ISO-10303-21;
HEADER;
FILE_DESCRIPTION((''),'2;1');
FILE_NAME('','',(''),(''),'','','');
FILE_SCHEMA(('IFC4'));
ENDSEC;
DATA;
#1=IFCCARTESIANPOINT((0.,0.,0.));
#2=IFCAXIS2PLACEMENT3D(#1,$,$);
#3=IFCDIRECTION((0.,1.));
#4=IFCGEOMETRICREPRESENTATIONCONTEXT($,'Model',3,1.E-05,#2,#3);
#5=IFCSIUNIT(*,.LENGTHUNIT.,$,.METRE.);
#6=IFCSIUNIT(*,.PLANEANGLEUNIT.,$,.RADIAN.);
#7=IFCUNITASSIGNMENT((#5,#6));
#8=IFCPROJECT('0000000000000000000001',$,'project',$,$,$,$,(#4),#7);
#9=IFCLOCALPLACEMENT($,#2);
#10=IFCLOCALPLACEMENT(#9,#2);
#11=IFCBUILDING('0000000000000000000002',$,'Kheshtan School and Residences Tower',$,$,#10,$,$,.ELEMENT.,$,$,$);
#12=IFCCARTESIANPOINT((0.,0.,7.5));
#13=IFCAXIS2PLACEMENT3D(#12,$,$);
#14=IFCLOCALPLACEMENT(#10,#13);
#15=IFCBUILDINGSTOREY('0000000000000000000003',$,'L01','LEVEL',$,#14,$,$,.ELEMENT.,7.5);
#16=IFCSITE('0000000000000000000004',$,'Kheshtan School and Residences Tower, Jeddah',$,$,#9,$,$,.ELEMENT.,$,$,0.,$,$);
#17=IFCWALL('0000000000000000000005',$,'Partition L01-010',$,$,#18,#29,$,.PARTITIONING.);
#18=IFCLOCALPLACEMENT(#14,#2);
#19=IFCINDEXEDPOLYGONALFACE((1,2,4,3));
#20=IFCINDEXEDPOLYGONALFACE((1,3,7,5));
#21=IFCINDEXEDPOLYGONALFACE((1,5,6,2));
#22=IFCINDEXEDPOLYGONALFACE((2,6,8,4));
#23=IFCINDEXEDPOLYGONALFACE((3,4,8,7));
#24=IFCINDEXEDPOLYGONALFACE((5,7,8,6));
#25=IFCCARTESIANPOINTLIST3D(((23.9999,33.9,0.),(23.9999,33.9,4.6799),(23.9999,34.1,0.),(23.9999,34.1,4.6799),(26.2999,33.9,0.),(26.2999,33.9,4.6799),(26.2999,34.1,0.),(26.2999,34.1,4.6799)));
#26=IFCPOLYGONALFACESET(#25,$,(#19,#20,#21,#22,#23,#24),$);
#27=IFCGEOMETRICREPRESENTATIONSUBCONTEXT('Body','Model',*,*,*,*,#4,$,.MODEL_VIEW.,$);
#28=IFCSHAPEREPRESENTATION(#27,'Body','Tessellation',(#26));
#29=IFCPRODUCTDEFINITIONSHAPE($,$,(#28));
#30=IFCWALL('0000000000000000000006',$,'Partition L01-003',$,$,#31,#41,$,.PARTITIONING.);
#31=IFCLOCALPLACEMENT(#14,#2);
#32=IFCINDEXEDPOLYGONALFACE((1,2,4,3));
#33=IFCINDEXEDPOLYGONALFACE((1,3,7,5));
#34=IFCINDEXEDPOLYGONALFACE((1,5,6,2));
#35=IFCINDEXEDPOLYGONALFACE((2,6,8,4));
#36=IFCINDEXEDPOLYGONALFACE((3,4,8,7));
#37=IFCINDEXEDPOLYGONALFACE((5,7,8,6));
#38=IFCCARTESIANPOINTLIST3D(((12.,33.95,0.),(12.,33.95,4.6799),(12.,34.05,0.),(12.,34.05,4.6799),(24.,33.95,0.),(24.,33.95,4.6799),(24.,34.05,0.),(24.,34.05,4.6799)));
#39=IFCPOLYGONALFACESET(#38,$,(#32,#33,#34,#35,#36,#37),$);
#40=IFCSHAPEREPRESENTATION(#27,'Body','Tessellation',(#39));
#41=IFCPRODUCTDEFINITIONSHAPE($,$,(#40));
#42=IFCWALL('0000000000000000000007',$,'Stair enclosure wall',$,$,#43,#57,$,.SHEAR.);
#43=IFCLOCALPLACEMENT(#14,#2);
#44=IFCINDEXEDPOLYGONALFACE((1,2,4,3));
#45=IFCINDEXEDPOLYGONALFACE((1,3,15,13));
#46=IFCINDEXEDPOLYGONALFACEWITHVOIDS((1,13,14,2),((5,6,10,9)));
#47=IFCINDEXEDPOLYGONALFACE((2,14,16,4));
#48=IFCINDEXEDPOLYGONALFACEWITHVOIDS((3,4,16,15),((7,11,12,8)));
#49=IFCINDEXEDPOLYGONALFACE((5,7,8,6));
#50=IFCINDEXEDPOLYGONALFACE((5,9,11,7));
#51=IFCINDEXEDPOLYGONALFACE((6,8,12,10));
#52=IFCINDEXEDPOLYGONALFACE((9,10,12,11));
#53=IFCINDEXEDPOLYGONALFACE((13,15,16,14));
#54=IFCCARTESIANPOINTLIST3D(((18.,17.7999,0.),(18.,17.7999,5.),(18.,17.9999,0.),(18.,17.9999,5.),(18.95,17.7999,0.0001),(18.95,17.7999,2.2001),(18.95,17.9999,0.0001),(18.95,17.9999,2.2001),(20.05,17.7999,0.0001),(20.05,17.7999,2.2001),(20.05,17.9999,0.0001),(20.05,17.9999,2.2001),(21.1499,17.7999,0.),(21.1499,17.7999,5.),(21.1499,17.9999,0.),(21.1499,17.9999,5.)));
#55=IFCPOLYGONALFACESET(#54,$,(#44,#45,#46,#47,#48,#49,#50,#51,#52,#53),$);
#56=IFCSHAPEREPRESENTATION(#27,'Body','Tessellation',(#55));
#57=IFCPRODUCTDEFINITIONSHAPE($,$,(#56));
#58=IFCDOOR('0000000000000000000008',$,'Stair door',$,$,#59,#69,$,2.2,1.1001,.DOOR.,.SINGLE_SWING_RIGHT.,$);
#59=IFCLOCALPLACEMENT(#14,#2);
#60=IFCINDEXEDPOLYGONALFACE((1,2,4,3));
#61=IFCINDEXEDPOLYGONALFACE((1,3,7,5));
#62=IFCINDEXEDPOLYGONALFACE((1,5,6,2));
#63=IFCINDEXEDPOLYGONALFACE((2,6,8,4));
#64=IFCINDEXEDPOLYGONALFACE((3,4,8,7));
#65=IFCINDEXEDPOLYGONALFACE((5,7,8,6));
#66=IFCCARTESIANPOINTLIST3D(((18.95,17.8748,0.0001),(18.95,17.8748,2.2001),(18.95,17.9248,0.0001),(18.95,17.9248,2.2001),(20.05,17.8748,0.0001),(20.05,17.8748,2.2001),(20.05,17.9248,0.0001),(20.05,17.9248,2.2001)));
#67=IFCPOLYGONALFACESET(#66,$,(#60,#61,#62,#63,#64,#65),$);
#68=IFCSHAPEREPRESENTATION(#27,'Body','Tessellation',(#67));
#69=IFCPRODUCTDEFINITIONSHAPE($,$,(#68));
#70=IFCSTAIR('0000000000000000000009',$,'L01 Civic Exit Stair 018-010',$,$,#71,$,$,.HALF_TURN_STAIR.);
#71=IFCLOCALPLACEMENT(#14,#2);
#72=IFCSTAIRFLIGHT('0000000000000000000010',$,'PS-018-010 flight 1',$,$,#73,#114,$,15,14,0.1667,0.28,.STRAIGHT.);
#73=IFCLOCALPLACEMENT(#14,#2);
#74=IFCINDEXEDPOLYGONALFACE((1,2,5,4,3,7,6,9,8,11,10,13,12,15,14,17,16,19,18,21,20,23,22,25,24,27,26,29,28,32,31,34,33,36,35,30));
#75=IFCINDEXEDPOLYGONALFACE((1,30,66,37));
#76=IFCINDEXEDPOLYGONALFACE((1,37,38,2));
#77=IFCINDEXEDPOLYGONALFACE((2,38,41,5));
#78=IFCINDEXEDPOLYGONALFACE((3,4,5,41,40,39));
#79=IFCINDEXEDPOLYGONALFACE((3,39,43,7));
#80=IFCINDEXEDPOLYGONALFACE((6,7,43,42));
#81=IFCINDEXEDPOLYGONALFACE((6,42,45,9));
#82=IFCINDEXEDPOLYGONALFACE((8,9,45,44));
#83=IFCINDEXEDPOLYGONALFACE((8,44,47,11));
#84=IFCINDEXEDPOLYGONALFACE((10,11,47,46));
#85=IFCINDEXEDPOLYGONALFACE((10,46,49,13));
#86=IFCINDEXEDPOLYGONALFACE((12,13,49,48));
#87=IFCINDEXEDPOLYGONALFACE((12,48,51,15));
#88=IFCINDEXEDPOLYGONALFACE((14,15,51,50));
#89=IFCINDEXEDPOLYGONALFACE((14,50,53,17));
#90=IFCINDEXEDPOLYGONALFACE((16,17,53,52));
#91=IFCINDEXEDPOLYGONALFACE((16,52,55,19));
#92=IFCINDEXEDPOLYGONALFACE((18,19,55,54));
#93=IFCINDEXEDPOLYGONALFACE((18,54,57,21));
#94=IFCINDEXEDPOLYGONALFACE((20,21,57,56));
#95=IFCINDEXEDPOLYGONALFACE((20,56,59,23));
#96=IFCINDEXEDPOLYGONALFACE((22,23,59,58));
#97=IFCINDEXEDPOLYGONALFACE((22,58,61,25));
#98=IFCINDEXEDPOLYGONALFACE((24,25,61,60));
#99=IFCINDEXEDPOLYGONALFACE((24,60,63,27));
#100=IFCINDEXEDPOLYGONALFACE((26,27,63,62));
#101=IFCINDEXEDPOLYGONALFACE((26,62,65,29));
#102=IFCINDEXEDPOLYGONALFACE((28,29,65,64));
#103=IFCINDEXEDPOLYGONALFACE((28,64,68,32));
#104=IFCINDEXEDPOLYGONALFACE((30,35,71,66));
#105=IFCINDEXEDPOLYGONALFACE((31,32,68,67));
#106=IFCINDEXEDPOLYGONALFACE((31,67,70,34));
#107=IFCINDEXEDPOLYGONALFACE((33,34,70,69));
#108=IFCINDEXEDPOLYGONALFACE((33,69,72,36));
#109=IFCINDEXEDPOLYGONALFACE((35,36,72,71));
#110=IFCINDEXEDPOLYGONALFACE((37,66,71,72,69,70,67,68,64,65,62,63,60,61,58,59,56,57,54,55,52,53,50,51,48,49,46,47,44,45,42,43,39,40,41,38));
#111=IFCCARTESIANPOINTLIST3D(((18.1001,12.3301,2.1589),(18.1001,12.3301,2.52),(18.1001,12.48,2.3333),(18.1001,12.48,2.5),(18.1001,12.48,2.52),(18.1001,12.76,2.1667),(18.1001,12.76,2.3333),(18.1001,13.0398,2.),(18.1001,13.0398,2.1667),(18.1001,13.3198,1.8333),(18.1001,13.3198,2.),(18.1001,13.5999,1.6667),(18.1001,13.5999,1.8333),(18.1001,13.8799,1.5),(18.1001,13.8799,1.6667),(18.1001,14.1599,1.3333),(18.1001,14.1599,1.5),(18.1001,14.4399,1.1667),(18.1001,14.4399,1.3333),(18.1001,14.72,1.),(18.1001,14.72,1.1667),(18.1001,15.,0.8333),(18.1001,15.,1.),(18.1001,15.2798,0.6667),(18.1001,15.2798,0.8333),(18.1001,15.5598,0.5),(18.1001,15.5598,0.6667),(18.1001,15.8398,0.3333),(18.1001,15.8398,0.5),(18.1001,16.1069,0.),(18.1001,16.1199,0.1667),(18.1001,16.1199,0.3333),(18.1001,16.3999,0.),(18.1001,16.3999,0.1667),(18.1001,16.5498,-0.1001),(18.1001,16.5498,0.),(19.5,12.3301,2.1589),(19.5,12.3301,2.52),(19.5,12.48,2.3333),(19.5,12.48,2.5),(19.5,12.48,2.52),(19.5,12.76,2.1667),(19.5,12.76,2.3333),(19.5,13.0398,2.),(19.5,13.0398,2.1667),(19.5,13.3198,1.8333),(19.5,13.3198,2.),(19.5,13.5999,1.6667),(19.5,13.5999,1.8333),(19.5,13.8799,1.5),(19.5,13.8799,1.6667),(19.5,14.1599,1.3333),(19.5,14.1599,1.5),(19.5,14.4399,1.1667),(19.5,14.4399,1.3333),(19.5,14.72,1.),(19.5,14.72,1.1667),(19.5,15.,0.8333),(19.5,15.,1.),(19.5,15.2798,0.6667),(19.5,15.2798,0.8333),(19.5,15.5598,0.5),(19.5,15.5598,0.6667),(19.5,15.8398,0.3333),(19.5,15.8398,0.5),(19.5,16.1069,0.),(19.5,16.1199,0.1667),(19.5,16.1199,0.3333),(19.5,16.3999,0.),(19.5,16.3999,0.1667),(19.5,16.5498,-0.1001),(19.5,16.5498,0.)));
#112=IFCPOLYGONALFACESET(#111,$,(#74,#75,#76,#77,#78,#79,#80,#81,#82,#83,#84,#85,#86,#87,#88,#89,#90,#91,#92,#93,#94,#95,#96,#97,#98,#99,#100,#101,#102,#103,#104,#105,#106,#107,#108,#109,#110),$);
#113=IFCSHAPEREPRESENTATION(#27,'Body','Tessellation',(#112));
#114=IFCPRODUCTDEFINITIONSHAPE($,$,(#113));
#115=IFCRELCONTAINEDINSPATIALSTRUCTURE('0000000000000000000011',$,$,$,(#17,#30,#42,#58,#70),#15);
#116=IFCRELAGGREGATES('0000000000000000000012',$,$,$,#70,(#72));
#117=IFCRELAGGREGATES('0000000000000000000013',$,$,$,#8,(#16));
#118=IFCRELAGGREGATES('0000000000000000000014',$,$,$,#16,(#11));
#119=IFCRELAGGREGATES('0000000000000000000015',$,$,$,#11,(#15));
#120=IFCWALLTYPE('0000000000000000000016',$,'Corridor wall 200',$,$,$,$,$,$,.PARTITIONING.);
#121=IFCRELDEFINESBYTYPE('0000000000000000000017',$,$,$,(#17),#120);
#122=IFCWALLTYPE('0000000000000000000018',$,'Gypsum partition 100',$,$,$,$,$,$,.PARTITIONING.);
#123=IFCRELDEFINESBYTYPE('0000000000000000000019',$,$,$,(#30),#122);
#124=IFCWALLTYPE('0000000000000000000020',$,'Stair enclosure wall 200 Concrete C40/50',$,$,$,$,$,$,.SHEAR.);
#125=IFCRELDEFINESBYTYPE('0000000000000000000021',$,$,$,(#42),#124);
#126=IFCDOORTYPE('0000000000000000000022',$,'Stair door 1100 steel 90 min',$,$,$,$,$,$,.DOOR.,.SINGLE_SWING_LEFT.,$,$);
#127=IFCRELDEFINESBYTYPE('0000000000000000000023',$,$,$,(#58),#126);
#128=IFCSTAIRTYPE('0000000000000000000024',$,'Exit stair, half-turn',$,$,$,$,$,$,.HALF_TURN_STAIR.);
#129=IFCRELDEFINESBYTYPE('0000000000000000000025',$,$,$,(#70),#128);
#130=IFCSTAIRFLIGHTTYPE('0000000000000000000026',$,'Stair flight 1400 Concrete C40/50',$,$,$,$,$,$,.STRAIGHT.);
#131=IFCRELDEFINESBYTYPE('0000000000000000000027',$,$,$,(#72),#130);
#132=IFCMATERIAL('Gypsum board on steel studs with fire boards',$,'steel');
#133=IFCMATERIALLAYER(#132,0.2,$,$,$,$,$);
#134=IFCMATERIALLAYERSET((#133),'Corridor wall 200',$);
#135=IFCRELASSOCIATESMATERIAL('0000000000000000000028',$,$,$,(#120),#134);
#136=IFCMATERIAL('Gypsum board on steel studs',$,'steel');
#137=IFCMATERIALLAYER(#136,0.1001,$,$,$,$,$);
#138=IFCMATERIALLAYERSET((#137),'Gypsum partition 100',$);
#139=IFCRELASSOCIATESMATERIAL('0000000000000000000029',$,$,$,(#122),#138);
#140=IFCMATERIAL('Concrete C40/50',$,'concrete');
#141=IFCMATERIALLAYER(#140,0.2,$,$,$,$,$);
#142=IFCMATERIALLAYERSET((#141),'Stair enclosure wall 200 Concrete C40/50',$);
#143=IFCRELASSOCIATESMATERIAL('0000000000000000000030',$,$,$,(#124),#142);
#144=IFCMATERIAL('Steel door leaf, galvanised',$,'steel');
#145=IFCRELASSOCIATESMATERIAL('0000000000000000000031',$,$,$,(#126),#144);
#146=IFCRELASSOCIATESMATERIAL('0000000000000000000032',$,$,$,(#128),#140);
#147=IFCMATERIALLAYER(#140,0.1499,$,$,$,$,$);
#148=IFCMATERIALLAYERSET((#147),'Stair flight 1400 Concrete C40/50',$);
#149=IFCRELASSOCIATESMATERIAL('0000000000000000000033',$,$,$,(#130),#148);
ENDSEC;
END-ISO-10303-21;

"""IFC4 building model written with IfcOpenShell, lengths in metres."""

from ifc_helpers import new_model, si_unit, direction, frame, frame_2d, origin, place, context, subcontext, project, spatial, polyline, rectangle, outline, extrude, source, transform, mapped, material, layer, layer_set, type_object, element, fill, aggregate, save


model = new_model("IFC4")

# Units and contexts
model_context = context("Model", 3, precision=1e-05, world=origin(), true_north=direction((0.0, 1.0)))
body_context = subcontext(model_context, "Body", "Model", "MODEL_VIEW")
ifc_project = project(units=[si_unit("LENGTHUNIT", "METRE"), si_unit("PLANEANGLEUNIT", "RADIAN")], contexts=[model_context])

# Site, building, storey
site_placement = place(None, origin())
site = spatial("IfcSite", under=ifc_project, at=site_placement, Name="Kheshtan School and Residences Tower, Jeddah", CompositionType="ELEMENT", RefElevation=0.0)
building_placement = place(site_placement, origin())
building = spatial("IfcBuilding", under=site, at=building_placement, Name="Kheshtan School and Residences Tower", CompositionType="ELEMENT")
storey_placement = place(building_placement, frame((0.0, 0.0, 7.5)))
storey = spatial("IfcBuildingStorey", under=building, at=storey_placement, Name="L01", Description="LEVEL", CompositionType="ELEMENT", Elevation=7.5)

# Shared definitions
ifc_material_1 = material(Name="Gypsum board on steel studs with fire boards", Category="steel")
ifc_layer_1 = layer(ifc_material_1, 0.2)
ifc_layer_set_1 = layer_set([ifc_layer_1], Name="Corridor wall 200")
wall_type_1 = type_object("IfcWallType", Name="Corridor wall 200", PredefinedType="PARTITIONING", material=ifc_layer_set_1)

# Walls
wall_1_placement = place(storey_placement, frame((24.0, 34.0, 0.0), z_axis=(0.0, 0.0, 1.0), x_axis=(1.0, 0.0, 0.0)))
element("IfcWall", 1, at=wall_1_placement, inside=storey, type_object=wall_type_1, Name="Partition L01-010", PredefinedType="PARTITIONING", context=body_context, shape_type="SweptSolid", body=[
    extrude(rectangle(XDim=2.3, YDim=0.2, at=frame_2d((1.1499, 0.0))), origin(), (0.0, 0.0, 1.0), 4.6799),
])
ifc_material_2 = material(Name="Gypsum board on steel studs", Category="steel")
ifc_layer_2 = layer(ifc_material_2, 0.1001)
ifc_layer_set_2 = layer_set([ifc_layer_2], Name="Gypsum partition 100")
wall_type_2 = type_object("IfcWallType", Name="Gypsum partition 100", PredefinedType="PARTITIONING", material=ifc_layer_set_2)
wall_2_placement = place(storey_placement, frame((12.0, 34.0, 0.0), z_axis=(0.0, 0.0, 1.0), x_axis=(1.0, 0.0, 0.0)))
element("IfcWall", 2, at=wall_2_placement, inside=storey, type_object=wall_type_2, Name="Partition L01-003", PredefinedType="PARTITIONING", context=body_context, shape_type="SweptSolid", body=[
    extrude(rectangle(XDim=12.0, YDim=0.1001, at=frame_2d((6.0, 0.0))), origin(), (0.0, 0.0, 1.0), 4.6799),
])

# Wall, opening, door
ifc_material_3 = material(Name="Concrete C40/50", Category="concrete")
ifc_layer_3 = layer(ifc_material_3, 0.2)
ifc_layer_set_3 = layer_set([ifc_layer_3], Name="Stair enclosure wall 200 Concrete C40/50")
wall_type_3 = type_object("IfcWallType", Name="Stair enclosure wall 200 Concrete C40/50", PredefinedType="SHEAR", material=ifc_layer_set_3)
wall_3_placement = place(storey_placement, frame((18.0, 17.8999, 0.0), z_axis=(0.0, 0.0, 1.0), x_axis=(1.0, 0.0, 0.0)))
wall_3 = element("IfcWall", 3, at=wall_3_placement, inside=storey, type_object=wall_type_3, Name="Stair enclosure wall", PredefinedType="SHEAR", context=body_context, shape_type="SweptSolid", body=[
    extrude(rectangle(XDim=3.1499, YDim=0.2, at=frame_2d((1.575, 0.0))), origin(), (0.0, 0.0, 1.0), 5.0),
])
opening_1_placement = place(wall_3_placement, frame((0.95, 0.0, 0.0)))
opening_1 = element("IfcOpeningElement", 4, at=opening_1_placement, cuts=wall_3, PredefinedType="OPENING", context=body_context, shape_type="SweptSolid", body=[
    extrude(rectangle(XDim=1.1001, YDim=2.2, at=frame_2d((0.55, 1.1001))), frame((0.0, 0.1099, 0.0), z_axis=(0.0, -1.0, 0.0), x_axis=(1.0, 0.0, 0.0)), (0.0, 0.0, 1.0), 0.22),
])
ifc_material_4 = material(Name="Steel door leaf, galvanised", Category="steel")
door_type_1 = type_object("IfcDoorType", Name="Stair door 1100 steel 90 min", OperationType="SINGLE_SWING_LEFT", PredefinedType="DOOR", material=ifc_material_4)
shared_shape_1 = source(origin(), body_context, "Body", "SweptSolid", [
    extrude(rectangle(XDim=1.1001, YDim=2.2, at=frame_2d((0.55, 1.1001))), frame((0.0, 0.0249, 0.0), z_axis=(0.0, -1.0, 0.0), x_axis=(1.0, 0.0, 0.0)), (0.0, 0.0, 1.0), 0.05),
])
door_1_placement = place(opening_1_placement, origin())
door_1 = element("IfcDoor", 5, at=door_1_placement, inside=storey, type_object=door_type_1, Name="Stair door", OperationType="SINGLE_SWING_RIGHT", OverallHeight=2.2, OverallWidth=1.1001, PredefinedType="DOOR", context=body_context, shape_type="MappedRepresentation", body=[
    mapped(shared_shape_1, transform((0.0, 0.0, 0.0), x_axis=(1.0, 0.0, 0.0), y_axis=(0.0, 1.0, 0.0), z_axis=(0.0, 0.0, 1.0), scale=1.0)),
])
fill(opening_1, door_1)

# Stair, stair flight
stair_type = type_object("IfcStairType", Name="Exit stair, half-turn", PredefinedType="HALF_TURN_STAIR", material=ifc_material_3)
stair_placement = place(storey_placement, origin())
stair = element("IfcStair", 6, at=stair_placement, inside=storey, type_object=stair_type, Name="L01 Civic Exit Stair 018-010", PredefinedType="HALF_TURN_STAIR")
ifc_layer_4 = layer(ifc_material_3, 0.1499)
ifc_layer_set_4 = layer_set([ifc_layer_4], Name="Stair flight 1400 Concrete C40/50")
stair_flight_type = type_object("IfcStairFlightType", Name="Stair flight 1400 Concrete C40/50", PredefinedType="STRAIGHT", material=ifc_layer_set_4)
stair_flight_placement = place(storey_placement, frame((18.8, 16.3999, 0.0), z_axis=(0.0, 0.0, 1.0), x_axis=(0.0, -1.0, 0.0)))
stair_flight = element("IfcStairFlight", 7, at=stair_flight_placement, type_object=stair_flight_type, Name="PS-018-010 flight 1", NumberOfRisers=15, NumberOfTreads=14, PredefinedType="STRAIGHT", RiserHeight=0.1667, TreadLength=0.28, context=body_context, shape_type="SweptSolid", body=[
    extrude(outline(polyline([(-0.1499, -0.1001), (-0.1499, 0.0), (0.0, 0.0), (0.0, 0.1667), (0.28, 0.1667), (0.28, 0.3333), (0.5601, 0.3333), (0.5601, 0.5), (0.8401, 0.5), (0.8401, 0.6667), (1.1201, 0.6667), (1.1201, 0.8333), (1.3999, 0.8333), (1.3999, 1.0), (1.6799, 1.0), (1.6799, 1.1667), (1.96, 1.1667), (1.96, 1.3333), (2.24, 1.3333), (2.24, 1.5), (2.52, 1.5), (2.52, 1.6667), (2.8, 1.6667), (2.8, 1.8333), (3.0801, 1.8333), (3.0801, 2.0), (3.3601, 2.0), (3.3601, 2.1667), (3.6399, 2.1667), (3.6399, 2.3333), (3.9199, 2.3333), (3.9199, 2.5), (3.9199, 2.52), (4.0698, 2.52), (4.0698, 2.1589), (0.293, 0.0), (-0.1499, -0.1001)])), frame((0.0, 0.7, 0.0), z_axis=(0.0, -1.0, 0.0), x_axis=(1.0, 0.0, 0.0)), (0.0, 0.0, 1.0), 1.3999),
])
aggregate(stair, [stair_flight])

save(model, "model.ifc")
